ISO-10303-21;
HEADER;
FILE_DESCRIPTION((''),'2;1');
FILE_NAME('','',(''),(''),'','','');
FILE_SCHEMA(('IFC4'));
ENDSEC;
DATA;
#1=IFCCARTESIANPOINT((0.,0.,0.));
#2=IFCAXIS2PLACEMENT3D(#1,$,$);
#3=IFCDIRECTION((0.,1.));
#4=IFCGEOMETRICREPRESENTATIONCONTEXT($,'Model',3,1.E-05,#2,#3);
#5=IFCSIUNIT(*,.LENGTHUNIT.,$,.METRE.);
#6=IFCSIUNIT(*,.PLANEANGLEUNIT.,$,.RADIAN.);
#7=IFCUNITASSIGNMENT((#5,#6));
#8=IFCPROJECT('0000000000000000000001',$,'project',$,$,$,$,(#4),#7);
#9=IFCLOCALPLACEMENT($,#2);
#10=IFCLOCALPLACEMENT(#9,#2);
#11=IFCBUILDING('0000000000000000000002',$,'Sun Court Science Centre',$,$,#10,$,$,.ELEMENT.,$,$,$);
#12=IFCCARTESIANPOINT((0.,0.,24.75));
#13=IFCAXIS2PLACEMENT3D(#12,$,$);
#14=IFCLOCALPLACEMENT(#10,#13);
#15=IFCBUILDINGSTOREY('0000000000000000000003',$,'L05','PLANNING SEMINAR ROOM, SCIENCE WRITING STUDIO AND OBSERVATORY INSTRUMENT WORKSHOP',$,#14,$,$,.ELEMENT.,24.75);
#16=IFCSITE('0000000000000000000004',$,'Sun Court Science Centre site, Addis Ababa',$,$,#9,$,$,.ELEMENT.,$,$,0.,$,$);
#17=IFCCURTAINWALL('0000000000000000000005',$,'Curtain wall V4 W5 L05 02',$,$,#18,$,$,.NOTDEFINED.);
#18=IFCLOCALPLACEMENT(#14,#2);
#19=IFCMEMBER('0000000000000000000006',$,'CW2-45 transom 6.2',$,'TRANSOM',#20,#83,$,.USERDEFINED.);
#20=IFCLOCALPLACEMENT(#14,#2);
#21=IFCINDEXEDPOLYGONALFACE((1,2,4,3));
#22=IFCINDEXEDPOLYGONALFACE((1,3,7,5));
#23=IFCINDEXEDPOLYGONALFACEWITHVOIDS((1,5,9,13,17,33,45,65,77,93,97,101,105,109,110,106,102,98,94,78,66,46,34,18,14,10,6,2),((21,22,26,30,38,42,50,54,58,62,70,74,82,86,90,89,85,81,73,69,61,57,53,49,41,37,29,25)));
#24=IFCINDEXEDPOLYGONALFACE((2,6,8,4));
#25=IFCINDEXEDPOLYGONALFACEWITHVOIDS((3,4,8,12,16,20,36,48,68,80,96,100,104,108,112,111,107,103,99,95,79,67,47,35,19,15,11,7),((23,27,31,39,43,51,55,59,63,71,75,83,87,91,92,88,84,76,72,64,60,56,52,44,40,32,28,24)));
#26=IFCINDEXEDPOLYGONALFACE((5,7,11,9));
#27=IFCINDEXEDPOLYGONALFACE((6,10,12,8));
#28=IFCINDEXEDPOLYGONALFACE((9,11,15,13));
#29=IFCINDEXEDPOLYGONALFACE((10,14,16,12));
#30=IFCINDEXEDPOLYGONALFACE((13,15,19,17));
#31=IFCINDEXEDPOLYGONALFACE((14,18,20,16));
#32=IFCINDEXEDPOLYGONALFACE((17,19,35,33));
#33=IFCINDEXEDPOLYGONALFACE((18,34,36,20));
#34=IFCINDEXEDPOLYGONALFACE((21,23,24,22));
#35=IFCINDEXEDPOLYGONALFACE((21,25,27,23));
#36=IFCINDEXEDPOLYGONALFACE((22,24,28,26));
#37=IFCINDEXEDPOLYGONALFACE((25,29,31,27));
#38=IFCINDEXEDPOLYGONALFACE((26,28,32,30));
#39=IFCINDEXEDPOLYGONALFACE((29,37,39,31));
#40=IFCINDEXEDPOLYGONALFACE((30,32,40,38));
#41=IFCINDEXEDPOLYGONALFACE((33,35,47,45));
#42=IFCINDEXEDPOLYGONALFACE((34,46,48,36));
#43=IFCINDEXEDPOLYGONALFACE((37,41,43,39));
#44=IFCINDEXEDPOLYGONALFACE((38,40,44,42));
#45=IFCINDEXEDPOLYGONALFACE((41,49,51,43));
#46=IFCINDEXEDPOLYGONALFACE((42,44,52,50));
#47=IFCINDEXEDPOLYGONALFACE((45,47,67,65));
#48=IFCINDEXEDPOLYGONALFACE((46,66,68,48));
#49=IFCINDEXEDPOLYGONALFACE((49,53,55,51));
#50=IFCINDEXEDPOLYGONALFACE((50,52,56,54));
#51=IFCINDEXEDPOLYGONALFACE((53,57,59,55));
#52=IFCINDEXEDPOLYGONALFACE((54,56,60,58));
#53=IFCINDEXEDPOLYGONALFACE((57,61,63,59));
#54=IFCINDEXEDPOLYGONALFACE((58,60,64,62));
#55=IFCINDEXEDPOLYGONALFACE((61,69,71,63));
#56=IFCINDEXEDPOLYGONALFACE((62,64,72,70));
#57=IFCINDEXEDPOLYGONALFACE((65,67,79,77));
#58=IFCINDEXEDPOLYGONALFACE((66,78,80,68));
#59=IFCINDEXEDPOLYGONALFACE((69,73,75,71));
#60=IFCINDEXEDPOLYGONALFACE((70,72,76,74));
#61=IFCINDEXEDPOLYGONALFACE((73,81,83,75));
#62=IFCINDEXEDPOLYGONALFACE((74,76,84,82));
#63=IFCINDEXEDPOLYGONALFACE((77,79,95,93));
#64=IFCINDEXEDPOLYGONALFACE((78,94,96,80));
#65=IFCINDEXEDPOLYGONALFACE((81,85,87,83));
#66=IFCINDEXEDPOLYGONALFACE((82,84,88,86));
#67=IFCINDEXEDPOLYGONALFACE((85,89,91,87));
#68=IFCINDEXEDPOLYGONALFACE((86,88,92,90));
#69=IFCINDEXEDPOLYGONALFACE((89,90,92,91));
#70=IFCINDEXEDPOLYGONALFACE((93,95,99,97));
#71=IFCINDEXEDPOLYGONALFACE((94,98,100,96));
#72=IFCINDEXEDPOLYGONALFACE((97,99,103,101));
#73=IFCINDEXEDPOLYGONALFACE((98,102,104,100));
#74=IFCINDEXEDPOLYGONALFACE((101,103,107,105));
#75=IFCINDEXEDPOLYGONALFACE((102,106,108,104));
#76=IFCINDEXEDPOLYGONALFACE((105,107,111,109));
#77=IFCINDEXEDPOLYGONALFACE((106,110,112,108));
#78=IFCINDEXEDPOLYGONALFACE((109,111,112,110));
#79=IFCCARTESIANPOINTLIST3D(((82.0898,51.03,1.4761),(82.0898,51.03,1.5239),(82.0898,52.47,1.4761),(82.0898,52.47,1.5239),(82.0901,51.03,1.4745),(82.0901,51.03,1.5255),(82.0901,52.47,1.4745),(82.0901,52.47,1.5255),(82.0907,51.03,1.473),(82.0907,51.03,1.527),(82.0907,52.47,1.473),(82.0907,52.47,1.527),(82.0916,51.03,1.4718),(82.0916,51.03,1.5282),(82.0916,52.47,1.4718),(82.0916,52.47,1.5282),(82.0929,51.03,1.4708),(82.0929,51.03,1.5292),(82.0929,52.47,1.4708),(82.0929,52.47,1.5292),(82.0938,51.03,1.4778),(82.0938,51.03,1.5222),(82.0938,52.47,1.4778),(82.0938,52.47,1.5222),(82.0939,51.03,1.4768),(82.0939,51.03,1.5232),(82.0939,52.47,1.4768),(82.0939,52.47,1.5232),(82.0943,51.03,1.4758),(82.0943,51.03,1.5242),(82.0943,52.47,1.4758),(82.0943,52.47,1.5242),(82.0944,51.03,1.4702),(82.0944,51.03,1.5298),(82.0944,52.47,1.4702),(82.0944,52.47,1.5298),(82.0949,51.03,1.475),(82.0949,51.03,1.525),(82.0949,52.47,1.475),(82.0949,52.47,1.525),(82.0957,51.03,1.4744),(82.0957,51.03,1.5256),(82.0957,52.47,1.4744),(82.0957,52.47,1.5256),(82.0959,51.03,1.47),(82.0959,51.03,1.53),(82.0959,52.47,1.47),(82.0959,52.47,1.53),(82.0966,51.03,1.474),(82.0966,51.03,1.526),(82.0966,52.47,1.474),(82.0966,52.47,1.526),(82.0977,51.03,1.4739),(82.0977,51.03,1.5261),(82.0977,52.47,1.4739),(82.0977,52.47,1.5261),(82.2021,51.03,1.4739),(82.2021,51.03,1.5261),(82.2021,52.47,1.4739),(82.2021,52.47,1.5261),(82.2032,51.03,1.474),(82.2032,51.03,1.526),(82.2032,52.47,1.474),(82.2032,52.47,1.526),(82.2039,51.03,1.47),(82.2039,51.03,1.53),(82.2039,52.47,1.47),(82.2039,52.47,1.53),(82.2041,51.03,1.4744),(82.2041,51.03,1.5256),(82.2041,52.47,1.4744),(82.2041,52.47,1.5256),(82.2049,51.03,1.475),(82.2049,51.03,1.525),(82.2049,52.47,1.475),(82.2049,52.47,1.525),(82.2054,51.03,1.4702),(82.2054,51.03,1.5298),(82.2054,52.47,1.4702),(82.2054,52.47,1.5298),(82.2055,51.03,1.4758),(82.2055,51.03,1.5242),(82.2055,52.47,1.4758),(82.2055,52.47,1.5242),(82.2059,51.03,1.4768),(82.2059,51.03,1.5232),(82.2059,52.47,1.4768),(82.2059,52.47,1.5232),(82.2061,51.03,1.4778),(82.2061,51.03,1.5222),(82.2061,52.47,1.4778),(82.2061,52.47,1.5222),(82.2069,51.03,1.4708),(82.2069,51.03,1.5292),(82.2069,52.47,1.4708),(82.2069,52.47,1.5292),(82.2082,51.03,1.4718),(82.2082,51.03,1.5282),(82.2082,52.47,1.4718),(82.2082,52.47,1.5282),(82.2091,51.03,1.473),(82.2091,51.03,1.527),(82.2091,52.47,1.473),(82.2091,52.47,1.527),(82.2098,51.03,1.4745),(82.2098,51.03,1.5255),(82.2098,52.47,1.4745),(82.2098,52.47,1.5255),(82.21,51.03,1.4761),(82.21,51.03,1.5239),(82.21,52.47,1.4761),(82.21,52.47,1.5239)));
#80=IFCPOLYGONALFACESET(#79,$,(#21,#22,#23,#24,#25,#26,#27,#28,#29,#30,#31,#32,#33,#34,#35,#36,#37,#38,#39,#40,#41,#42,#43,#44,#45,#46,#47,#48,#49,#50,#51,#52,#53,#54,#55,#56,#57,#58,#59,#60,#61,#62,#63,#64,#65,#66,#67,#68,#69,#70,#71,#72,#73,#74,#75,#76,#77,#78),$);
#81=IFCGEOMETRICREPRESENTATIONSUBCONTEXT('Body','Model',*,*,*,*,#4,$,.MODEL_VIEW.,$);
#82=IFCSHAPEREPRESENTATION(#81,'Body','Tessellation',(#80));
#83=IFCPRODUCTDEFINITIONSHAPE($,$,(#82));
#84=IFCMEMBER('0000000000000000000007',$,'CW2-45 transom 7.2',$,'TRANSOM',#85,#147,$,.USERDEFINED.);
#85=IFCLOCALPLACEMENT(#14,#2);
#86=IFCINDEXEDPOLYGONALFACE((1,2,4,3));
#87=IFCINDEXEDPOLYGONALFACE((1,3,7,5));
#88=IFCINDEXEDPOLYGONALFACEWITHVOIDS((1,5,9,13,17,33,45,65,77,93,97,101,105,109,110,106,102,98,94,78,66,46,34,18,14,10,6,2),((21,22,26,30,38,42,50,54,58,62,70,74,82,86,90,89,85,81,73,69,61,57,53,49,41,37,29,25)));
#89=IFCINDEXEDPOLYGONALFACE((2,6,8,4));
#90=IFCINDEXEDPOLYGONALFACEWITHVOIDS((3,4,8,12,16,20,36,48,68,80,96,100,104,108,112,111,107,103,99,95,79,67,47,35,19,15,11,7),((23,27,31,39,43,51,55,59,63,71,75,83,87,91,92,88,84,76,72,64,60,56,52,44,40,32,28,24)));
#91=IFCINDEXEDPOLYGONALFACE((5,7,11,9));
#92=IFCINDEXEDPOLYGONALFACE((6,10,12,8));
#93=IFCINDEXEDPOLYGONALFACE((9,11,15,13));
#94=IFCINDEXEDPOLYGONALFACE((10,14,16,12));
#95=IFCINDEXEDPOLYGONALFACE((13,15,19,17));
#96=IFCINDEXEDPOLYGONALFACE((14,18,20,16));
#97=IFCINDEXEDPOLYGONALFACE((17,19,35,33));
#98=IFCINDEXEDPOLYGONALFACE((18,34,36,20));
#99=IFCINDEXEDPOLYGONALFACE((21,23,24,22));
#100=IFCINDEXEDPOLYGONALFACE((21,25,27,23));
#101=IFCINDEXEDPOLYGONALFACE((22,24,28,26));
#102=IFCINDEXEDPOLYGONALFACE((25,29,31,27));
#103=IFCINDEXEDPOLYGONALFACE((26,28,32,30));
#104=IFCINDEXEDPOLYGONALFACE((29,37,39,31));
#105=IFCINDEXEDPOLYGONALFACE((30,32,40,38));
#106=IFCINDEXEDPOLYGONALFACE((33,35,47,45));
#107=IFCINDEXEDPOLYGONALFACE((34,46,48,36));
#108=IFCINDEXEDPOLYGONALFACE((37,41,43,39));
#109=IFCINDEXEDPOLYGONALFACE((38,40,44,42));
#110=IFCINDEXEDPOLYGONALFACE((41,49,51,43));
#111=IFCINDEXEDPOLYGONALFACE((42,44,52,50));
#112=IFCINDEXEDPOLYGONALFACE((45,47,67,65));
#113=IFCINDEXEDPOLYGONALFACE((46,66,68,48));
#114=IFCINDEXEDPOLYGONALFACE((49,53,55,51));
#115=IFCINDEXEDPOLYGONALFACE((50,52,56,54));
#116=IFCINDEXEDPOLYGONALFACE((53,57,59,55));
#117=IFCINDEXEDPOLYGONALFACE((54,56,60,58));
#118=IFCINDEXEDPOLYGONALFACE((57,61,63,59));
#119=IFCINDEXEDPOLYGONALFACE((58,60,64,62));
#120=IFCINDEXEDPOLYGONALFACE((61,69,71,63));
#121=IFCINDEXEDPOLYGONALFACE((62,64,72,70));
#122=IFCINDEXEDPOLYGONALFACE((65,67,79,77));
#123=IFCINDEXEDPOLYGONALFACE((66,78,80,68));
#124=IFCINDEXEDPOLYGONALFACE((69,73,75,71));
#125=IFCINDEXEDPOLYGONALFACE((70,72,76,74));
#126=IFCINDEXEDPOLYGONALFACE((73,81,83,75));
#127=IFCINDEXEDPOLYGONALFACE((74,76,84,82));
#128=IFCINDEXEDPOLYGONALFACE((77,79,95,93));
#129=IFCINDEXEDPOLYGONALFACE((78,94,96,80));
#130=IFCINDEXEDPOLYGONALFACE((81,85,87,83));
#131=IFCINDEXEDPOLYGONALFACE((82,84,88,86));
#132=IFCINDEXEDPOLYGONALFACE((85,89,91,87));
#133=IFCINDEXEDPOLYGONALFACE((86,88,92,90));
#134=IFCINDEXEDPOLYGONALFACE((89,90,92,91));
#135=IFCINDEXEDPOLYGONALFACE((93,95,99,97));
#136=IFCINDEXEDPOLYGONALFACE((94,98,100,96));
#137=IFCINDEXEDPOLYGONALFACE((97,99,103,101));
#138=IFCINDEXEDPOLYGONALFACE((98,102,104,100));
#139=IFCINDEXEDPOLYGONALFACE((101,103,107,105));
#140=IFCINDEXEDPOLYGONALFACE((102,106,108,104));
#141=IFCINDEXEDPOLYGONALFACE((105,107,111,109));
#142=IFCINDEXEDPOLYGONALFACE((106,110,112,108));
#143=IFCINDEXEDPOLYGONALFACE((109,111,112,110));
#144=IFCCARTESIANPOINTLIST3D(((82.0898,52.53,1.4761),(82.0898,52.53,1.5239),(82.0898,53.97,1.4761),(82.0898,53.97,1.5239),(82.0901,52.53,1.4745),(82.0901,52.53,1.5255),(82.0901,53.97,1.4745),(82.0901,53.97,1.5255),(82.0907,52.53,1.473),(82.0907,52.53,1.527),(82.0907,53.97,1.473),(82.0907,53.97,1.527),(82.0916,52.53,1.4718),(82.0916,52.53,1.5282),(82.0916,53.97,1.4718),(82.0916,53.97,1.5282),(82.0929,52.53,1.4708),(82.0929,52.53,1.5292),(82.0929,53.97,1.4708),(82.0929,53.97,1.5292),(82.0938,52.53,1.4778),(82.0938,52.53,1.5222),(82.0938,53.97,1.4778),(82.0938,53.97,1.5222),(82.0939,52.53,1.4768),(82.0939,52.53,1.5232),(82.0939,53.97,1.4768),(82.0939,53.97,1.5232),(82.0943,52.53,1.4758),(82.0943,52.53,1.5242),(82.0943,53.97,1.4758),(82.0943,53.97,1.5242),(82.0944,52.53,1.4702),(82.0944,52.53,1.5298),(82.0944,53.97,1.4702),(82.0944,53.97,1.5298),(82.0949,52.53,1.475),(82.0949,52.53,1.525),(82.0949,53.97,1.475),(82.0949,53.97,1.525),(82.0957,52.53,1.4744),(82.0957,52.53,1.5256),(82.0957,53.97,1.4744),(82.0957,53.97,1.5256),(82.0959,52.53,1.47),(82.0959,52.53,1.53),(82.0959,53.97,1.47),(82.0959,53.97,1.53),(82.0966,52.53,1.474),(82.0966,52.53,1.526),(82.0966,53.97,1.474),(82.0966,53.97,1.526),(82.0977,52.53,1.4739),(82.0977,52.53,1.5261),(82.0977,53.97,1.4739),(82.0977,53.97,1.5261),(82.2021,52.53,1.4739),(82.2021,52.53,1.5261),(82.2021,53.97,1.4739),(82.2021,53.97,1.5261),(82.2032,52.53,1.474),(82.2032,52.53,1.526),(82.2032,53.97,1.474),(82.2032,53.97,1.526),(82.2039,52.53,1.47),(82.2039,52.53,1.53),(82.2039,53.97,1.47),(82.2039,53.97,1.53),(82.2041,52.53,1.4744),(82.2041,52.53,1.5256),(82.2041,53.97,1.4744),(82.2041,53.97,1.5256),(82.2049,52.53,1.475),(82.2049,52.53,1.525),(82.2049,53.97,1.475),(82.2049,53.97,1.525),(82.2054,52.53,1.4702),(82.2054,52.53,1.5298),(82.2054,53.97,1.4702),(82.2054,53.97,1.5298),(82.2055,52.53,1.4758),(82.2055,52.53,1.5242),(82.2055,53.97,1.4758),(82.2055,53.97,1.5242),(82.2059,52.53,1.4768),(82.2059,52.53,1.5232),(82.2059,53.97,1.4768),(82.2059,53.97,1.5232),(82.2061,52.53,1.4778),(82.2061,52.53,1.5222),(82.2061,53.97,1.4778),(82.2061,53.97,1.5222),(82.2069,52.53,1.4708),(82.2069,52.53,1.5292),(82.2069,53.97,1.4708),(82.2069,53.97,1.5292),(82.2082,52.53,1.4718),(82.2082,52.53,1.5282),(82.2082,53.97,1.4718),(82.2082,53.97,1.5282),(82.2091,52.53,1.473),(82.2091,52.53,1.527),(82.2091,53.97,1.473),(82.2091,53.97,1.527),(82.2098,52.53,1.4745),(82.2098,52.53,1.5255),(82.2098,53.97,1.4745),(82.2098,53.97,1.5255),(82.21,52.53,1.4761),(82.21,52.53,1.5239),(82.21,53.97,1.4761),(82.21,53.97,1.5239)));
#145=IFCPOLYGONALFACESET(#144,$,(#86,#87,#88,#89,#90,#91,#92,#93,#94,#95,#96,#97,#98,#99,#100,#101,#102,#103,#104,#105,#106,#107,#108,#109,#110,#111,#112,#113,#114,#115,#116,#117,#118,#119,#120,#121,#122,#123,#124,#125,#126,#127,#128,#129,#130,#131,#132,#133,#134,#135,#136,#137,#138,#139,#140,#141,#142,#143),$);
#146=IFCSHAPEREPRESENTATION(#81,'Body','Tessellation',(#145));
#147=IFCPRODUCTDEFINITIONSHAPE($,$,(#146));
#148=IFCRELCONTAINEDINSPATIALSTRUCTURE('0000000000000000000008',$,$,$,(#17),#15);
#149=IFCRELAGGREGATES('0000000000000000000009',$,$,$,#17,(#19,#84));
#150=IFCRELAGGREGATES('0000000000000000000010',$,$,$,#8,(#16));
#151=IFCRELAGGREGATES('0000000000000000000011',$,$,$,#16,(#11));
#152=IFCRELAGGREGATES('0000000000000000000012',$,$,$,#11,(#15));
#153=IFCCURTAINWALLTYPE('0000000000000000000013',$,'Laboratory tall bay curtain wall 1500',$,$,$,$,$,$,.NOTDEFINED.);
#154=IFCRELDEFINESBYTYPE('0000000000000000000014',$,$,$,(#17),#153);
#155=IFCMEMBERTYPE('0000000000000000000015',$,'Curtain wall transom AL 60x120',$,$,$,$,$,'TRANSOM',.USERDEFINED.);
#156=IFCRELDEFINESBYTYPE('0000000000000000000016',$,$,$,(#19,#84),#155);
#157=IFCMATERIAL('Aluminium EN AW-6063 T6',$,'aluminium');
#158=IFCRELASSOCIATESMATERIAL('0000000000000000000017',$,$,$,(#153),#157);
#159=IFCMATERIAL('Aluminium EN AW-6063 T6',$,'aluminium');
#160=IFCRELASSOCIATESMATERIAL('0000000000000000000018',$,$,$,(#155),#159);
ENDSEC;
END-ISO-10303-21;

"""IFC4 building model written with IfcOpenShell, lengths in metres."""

from ifc_helpers import new_model, si_unit, direction, frame, origin, origin_2d, place, context, subcontext, project, spatial, hollow_rectangle, extrude, material, material_profile, profile_set, type_object, element, aggregate, save


model = new_model("IFC4")

# Units and contexts
model_context = context("Model", 3, precision=1e-05, world=origin(), true_north=direction((0.0, 1.0)))
body_context = subcontext(model_context, "Body", "Model", "MODEL_VIEW")
ifc_project = project(units=[si_unit("LENGTHUNIT", "METRE"), si_unit("PLANEANGLEUNIT", "RADIAN")], contexts=[model_context])

# Site, building, storey
site_placement = place(None, origin())
site = spatial("IfcSite", under=ifc_project, at=site_placement, Name="Sun Court Science Centre site, Addis Ababa", CompositionType="ELEMENT", RefElevation=0.0)
building_placement = place(site_placement, origin())
building = spatial("IfcBuilding", under=site, at=building_placement, Name="Sun Court Science Centre", CompositionType="ELEMENT")
storey_placement = place(building_placement, frame((0.0, 0.0, 24.75)))
storey = spatial("IfcBuildingStorey", under=building, at=storey_placement, Name="L05", Description="PLANNING SEMINAR ROOM, SCIENCE WRITING STUDIO AND OBSERVATORY INSTRUMENT WORKSHOP", CompositionType="ELEMENT", Elevation=24.75)

# Curtain wall, members
ifc_material_1 = material(Name="Aluminium EN AW-6063 T6", Category="aluminium")
curtain_wall_type = type_object("IfcCurtainWallType", Name="Laboratory tall bay curtain wall 1500", PredefinedType="NOTDEFINED", material=ifc_material_1)
curtain_wall_placement = place(storey_placement, origin())
curtain_wall = element("IfcCurtainWall", 1, at=curtain_wall_placement, inside=storey, type_object=curtain_wall_type, Name="Curtain wall V4 W5 L05 02", PredefinedType="NOTDEFINED")
ifc_material_2 = material(Name="Aluminium EN AW-6063 T6", Category="aluminium")
ifc_material_profile_1 = material_profile(ifc_material_2, hollow_rectangle(XDim=0.0601, YDim=0.1201, WallThickness=0.0039, InnerFilletRadius=0.0039, OuterFilletRadius=0.0061, at=origin_2d()), Name="AL 60x120x4")
ifc_profile_set_1 = profile_set([ifc_material_profile_1], Name="Aluminium EN AW-6063 T6")
member_type_1 = type_object("IfcMemberType", Name="Curtain wall transom AL 60x120", ElementType="TRANSOM", PredefinedType="USERDEFINED", material=ifc_profile_set_1)
member_1_placement = place(storey_placement, frame((82.1499, 51.03, 1.5), z_axis=(0.0, 1.0, 0.0), x_axis=(0.0, 0.0, 1.0)))
member_1 = element("IfcMember", 2, at=member_1_placement, type_object=member_type_1, Name="CW2-45 transom 6.2", ObjectType="TRANSOM", PredefinedType="USERDEFINED", context=body_context, shape_type="SweptSolid", body=[
    extrude(hollow_rectangle(XDim=0.0601, YDim=0.1201, WallThickness=0.0039, InnerFilletRadius=0.0039, OuterFilletRadius=0.0061, at=origin_2d()), origin(), (0.0, 0.0, 1.0), 1.4399),
])
member_2_placement = place(storey_placement, frame((82.1499, 52.53, 1.5), z_axis=(0.0, 1.0, 0.0), x_axis=(0.0, 0.0, 1.0)))
member_2 = element("IfcMember", 3, at=member_2_placement, type_object=member_type_1, Name="CW2-45 transom 7.2", ObjectType="TRANSOM", PredefinedType="USERDEFINED", context=body_context, shape_type="SweptSolid", body=[
    extrude(hollow_rectangle(XDim=0.0601, YDim=0.1201, WallThickness=0.0039, InnerFilletRadius=0.0039, OuterFilletRadius=0.0061, at=origin_2d()), origin(), (0.0, 0.0, 1.0), 1.4399),
])

aggregate(curtain_wall, [member_1, member_2])

save(model, "model.ifc")
